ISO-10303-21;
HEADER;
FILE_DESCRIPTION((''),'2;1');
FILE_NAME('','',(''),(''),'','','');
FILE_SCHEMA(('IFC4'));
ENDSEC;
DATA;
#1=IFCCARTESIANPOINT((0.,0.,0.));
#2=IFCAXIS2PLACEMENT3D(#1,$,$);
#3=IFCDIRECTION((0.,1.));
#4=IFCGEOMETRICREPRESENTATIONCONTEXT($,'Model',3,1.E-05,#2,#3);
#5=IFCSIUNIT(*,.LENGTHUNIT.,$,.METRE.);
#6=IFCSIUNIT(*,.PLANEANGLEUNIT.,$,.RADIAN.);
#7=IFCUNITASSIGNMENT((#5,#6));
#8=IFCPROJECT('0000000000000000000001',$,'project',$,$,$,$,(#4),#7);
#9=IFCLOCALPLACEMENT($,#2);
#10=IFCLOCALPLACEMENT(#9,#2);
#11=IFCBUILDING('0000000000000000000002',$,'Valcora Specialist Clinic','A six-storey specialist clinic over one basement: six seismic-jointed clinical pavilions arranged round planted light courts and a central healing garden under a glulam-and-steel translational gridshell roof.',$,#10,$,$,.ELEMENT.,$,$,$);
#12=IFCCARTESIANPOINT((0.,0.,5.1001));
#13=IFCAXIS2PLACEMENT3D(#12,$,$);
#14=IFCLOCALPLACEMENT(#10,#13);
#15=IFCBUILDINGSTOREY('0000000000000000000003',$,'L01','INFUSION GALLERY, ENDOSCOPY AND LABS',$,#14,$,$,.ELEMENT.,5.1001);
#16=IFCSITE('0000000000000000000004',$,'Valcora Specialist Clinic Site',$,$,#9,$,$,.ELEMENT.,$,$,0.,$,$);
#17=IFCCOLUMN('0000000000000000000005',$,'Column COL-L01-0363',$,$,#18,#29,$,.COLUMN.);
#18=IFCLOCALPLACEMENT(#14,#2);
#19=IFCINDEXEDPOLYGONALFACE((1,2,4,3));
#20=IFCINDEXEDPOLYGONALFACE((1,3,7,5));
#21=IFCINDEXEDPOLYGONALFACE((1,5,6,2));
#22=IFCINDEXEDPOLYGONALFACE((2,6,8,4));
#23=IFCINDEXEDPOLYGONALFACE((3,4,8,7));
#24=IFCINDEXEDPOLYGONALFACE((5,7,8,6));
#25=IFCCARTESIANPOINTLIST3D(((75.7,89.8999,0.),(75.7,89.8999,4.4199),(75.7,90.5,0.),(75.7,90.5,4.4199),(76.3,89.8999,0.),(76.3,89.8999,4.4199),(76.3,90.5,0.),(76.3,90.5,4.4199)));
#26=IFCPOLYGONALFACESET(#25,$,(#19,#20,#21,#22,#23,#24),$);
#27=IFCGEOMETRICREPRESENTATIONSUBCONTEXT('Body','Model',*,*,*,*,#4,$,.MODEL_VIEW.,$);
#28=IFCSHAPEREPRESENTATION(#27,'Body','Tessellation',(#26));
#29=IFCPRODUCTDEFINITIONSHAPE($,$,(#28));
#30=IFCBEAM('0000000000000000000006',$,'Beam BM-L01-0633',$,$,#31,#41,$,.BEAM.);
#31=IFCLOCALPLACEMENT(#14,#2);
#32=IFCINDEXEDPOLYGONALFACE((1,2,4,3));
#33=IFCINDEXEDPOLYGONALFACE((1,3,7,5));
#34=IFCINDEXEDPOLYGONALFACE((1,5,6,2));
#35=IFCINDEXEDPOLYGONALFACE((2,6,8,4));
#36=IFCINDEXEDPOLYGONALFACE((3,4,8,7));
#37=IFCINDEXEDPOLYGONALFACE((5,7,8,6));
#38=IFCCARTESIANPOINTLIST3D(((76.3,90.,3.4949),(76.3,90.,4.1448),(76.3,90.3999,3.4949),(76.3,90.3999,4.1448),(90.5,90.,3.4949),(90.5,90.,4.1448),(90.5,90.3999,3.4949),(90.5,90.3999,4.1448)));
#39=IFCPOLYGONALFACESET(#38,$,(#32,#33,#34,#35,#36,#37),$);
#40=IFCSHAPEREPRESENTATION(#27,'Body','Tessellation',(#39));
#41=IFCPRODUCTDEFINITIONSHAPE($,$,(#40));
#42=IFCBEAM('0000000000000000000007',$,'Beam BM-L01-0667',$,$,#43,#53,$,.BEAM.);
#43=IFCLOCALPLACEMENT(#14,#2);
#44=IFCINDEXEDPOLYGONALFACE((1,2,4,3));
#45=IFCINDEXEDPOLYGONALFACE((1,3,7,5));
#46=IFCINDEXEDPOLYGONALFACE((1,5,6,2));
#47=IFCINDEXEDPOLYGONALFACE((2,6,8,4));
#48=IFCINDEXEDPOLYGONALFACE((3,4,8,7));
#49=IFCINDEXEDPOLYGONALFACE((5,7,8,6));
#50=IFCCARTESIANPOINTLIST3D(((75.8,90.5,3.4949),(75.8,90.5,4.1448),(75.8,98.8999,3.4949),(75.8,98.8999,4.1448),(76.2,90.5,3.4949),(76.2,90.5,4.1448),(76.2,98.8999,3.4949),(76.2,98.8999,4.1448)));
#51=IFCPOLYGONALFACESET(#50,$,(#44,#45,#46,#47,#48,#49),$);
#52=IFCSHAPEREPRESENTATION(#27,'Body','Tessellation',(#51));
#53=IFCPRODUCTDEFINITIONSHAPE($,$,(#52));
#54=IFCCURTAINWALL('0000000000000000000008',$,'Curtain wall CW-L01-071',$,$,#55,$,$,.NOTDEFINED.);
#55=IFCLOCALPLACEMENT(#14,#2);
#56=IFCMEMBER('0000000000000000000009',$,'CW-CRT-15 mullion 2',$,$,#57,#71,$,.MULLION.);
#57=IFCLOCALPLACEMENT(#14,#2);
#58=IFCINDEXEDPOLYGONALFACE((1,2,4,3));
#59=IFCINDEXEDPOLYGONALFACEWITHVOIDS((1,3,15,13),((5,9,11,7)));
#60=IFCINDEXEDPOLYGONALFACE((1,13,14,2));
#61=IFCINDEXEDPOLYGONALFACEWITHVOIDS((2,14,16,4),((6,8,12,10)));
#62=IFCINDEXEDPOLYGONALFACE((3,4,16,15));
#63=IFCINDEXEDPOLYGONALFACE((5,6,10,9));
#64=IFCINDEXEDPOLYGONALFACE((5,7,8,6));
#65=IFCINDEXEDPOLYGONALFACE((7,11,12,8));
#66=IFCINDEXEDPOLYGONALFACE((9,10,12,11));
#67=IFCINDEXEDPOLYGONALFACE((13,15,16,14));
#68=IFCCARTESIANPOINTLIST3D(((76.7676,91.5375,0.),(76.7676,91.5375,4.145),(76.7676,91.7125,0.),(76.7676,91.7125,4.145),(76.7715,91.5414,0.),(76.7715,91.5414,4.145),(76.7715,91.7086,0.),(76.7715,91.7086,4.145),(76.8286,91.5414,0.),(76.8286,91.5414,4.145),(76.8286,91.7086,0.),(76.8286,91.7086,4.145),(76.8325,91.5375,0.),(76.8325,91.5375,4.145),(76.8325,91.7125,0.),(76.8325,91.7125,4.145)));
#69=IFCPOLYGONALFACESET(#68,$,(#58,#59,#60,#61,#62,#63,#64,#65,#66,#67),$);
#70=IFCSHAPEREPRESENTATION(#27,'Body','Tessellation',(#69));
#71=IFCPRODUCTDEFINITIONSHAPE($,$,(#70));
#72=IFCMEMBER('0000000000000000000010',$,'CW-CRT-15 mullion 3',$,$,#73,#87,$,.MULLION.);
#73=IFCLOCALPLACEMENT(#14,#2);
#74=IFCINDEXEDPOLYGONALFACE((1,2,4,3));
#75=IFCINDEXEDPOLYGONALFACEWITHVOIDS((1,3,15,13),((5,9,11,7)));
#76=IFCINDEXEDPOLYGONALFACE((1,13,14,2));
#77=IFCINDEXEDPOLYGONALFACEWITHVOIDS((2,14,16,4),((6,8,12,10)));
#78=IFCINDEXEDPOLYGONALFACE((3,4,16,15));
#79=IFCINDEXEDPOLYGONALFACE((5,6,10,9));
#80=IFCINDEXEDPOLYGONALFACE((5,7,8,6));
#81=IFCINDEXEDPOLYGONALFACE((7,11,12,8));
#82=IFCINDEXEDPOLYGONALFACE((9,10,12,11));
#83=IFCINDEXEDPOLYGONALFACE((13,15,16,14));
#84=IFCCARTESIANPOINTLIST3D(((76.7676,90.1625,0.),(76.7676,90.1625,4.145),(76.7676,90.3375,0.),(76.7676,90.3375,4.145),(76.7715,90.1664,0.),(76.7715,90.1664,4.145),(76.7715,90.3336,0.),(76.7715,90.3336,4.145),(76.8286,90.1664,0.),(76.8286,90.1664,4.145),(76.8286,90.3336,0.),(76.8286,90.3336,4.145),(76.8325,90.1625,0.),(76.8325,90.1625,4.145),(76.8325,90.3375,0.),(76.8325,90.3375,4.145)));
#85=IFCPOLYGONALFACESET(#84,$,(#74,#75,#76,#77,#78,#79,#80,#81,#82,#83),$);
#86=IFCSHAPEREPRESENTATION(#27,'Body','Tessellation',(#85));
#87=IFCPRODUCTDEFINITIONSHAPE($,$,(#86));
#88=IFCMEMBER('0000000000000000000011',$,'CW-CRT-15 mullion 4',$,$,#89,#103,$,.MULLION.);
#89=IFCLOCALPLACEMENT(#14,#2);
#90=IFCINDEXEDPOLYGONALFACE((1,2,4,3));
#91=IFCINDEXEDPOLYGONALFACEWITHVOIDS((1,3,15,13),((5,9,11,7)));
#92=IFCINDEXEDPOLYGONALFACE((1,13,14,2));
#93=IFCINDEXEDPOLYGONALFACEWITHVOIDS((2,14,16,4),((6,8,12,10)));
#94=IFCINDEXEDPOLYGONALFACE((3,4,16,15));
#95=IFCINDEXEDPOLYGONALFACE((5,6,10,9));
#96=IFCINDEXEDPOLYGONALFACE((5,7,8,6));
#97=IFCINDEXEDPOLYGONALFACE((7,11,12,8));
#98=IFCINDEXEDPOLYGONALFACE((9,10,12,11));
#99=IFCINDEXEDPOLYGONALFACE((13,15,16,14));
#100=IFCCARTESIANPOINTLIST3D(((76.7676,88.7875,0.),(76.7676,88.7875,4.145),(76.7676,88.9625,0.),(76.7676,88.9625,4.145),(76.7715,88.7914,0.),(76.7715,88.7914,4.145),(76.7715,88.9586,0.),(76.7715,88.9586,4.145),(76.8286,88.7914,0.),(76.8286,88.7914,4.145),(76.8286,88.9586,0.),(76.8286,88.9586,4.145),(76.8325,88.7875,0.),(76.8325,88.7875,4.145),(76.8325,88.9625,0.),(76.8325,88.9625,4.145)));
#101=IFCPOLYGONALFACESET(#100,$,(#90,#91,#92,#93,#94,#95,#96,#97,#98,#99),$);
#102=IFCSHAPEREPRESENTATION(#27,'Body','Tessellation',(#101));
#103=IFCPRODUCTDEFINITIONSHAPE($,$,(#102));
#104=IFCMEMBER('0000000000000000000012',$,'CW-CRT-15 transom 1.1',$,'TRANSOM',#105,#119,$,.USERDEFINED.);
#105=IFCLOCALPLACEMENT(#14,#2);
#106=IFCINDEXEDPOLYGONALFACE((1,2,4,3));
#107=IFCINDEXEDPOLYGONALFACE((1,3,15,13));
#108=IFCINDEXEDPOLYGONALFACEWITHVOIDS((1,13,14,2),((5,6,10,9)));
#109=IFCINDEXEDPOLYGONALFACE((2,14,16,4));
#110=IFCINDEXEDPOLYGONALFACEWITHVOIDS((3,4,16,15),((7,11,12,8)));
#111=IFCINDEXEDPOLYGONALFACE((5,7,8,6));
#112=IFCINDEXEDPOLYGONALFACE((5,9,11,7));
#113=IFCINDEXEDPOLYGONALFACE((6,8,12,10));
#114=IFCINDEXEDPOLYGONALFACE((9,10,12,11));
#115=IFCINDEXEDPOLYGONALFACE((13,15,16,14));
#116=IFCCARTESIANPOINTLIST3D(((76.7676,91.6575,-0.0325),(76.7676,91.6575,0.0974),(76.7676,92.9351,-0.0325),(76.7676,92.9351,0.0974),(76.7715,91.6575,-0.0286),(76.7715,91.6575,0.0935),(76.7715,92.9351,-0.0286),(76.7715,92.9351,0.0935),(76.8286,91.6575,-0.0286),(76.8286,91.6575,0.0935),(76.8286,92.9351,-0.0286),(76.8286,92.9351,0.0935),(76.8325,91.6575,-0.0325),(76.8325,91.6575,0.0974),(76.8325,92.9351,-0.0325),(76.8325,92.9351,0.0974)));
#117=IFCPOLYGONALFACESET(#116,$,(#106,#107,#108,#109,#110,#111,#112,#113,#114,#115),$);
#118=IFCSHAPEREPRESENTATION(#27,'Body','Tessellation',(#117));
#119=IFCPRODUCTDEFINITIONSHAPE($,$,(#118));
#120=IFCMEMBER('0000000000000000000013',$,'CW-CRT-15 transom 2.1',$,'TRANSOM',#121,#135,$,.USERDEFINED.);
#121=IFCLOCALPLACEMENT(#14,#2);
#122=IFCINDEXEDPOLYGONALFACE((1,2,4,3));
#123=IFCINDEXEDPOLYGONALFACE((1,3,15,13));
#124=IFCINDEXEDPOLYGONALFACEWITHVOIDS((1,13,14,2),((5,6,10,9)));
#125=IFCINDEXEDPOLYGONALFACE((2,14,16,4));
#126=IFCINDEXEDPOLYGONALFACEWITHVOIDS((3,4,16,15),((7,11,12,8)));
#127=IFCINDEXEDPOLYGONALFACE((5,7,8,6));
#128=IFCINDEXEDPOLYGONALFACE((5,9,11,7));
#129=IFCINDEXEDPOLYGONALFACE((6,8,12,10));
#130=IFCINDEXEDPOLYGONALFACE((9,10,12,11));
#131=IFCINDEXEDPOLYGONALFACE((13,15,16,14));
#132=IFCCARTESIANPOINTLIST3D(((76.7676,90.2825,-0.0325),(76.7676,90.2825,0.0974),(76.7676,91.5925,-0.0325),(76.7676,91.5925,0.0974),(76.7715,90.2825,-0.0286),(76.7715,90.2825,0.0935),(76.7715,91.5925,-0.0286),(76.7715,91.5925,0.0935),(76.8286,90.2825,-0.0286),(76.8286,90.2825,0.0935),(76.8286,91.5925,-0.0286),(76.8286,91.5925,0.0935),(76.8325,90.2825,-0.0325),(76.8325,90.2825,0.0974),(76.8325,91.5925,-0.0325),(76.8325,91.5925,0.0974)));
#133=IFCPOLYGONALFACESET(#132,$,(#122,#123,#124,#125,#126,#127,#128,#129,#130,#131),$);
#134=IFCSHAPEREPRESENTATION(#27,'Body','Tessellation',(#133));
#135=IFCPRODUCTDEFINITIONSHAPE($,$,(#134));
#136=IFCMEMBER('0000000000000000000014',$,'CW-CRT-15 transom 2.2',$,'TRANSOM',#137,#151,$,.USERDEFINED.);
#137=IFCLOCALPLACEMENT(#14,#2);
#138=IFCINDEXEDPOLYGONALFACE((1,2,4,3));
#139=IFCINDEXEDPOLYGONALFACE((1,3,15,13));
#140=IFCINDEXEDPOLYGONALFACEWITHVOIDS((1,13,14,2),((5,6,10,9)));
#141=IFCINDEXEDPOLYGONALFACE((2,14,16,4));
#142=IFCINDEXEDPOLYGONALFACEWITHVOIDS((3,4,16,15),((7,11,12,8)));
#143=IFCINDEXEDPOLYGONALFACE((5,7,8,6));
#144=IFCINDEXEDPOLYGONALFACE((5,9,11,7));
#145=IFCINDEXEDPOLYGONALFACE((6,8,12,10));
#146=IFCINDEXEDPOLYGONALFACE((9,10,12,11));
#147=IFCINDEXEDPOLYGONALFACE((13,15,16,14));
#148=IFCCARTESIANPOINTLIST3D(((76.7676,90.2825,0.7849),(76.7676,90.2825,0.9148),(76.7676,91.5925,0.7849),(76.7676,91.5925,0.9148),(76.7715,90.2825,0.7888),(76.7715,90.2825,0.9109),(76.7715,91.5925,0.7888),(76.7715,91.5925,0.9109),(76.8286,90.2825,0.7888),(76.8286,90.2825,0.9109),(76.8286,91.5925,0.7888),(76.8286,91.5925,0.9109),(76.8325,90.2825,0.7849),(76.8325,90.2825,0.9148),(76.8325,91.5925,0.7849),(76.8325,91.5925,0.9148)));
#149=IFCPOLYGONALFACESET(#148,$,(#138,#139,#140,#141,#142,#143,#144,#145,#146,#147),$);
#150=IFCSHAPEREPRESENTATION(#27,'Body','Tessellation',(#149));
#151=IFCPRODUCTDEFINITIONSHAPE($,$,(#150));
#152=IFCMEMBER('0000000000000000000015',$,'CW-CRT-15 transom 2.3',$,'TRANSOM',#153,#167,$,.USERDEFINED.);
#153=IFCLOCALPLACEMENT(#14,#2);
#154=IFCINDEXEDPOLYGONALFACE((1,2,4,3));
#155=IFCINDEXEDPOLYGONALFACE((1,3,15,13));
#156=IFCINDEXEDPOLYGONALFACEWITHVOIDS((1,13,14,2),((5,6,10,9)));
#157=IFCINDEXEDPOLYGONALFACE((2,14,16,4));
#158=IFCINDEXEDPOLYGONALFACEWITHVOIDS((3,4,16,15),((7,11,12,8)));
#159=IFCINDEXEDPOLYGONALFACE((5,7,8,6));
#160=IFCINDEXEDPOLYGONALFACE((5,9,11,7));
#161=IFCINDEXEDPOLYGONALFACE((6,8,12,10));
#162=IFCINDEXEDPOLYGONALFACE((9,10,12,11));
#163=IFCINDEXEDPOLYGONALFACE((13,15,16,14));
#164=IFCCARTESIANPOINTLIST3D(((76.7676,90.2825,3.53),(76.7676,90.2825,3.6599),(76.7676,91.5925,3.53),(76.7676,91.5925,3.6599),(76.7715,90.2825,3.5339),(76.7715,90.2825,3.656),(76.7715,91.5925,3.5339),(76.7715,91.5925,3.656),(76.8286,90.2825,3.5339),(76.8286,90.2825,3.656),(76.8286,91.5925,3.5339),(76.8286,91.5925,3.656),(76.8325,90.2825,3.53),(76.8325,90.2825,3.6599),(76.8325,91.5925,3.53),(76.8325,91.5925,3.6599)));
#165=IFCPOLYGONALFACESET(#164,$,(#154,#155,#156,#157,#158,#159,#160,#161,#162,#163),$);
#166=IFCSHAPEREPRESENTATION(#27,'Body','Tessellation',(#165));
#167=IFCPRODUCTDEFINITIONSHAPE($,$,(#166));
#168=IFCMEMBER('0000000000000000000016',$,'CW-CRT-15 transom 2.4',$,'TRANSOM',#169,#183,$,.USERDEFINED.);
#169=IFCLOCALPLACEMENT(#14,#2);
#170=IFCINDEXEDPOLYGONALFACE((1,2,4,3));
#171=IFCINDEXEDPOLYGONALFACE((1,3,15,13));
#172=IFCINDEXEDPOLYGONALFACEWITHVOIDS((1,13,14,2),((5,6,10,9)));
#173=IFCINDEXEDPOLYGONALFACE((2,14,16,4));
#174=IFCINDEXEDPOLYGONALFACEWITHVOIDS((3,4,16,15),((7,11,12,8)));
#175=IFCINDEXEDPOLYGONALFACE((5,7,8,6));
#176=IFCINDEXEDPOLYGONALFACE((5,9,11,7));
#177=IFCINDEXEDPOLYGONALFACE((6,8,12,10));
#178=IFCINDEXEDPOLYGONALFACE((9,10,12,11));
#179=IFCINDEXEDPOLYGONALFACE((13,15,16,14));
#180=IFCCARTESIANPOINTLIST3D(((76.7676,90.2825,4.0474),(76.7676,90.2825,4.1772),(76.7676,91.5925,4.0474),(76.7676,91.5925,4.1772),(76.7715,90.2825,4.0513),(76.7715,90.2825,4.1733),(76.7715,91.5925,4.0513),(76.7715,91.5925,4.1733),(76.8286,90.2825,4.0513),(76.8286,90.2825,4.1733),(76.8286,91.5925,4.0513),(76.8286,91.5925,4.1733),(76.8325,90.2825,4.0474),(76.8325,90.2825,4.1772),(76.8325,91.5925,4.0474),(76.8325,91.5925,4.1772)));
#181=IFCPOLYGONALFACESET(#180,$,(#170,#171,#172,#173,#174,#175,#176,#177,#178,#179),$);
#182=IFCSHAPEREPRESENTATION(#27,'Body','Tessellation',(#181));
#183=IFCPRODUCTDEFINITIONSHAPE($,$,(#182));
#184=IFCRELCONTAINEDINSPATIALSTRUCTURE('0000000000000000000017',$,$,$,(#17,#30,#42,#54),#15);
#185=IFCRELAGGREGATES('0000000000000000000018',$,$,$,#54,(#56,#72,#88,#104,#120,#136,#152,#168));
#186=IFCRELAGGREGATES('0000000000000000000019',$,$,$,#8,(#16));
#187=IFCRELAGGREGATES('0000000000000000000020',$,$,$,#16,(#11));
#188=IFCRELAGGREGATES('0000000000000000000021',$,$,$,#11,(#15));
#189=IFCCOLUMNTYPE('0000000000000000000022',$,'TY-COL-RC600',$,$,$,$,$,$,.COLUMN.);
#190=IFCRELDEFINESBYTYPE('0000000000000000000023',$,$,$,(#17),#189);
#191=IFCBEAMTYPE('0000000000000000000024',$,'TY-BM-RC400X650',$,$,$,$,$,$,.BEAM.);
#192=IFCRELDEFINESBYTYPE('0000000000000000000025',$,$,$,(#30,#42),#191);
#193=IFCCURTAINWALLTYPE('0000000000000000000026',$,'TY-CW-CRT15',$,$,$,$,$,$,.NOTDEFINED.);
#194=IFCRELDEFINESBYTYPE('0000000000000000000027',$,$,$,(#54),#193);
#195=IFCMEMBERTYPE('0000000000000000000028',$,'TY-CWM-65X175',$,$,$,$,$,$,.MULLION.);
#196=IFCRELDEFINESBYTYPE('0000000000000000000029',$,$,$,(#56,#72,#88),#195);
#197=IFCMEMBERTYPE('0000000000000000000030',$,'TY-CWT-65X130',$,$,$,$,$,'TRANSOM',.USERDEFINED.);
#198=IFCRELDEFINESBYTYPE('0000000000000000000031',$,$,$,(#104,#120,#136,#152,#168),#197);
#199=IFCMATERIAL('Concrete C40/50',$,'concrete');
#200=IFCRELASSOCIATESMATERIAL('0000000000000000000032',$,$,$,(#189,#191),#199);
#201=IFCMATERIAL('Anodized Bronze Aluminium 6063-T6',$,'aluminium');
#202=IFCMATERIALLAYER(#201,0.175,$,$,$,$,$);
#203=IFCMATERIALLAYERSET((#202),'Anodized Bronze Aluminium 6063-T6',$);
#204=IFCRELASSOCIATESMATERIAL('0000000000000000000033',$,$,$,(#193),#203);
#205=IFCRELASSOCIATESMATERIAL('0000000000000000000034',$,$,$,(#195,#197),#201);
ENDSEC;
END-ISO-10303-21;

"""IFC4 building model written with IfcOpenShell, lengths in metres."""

from ifc_helpers import new_model, si_unit, direction, frame, origin, origin_2d, place, context, subcontext, project, spatial, rectangle, hollow_rectangle, extrude, material, layer, layer_set, material_profile, profile_set, type_object, element, aggregate, save


model = new_model("IFC4")

# Units and contexts
model_context = context("Model", 3, precision=1e-05, world=origin(), true_north=direction((0.0, 1.0)))
body_context = subcontext(model_context, "Body", "Model", "MODEL_VIEW")
ifc_project = project(units=[si_unit("LENGTHUNIT", "METRE"), si_unit("PLANEANGLEUNIT", "RADIAN")], contexts=[model_context])

# Site, building, storey
site_placement = place(None, origin())
site = spatial("IfcSite", under=ifc_project, at=site_placement, Name="Valcora Specialist Clinic Site", CompositionType="ELEMENT", RefElevation=0.0)
building_placement = place(site_placement, origin())
building = spatial("IfcBuilding", under=site, at=building_placement, Name="Valcora Specialist Clinic", Description="A six-storey specialist clinic over one basement: six seismic-jointed clinical pavilions arranged round planted light courts and a central healing garden under a glulam-and-steel translational gridshell roof.", CompositionType="ELEMENT")
storey_placement = place(building_placement, frame((0.0, 0.0, 5.1001)))
storey = spatial("IfcBuildingStorey", under=building, at=storey_placement, Name="L01", Description="INFUSION GALLERY, ENDOSCOPY AND LABS", CompositionType="ELEMENT", Elevation=5.1001)

# Column
ifc_material_1 = material(Name="Concrete C40/50", Category="concrete")
ifc_material_profile_1 = material_profile(ifc_material_1, rectangle(XDim=0.6001, YDim=0.6001, at=origin_2d()), Name="RC-COL-600X600")
ifc_profile_set_1 = profile_set([ifc_material_profile_1], Name="Concrete C40/50")
column_type = type_object("IfcColumnType", Name="TY-COL-RC600", PredefinedType="COLUMN", material=ifc_profile_set_1)
column_placement = place(storey_placement, frame((76.0, 90.2, 0.0), z_axis=(0.0, 0.0, 1.0), x_axis=(1.0, 0.0, 0.0)))
element("IfcColumn", 1, at=column_placement, inside=storey, type_object=column_type, Name="Column COL-L01-0363", PredefinedType="COLUMN", context=body_context, shape_type="SweptSolid", body=[
    extrude(rectangle(XDim=0.6001, YDim=0.6001, at=origin_2d()), origin(), (0.0, 0.0, 1.0), 4.4199),
])

# Beams
ifc_material_profile_2 = material_profile(ifc_material_1, rectangle(XDim=0.3999, YDim=0.6499, at=origin_2d()), Name="RC-BM-400X650")
ifc_profile_set_2 = profile_set([ifc_material_profile_2], Name="Concrete C40/50")
beam_type = type_object("IfcBeamType", Name="TY-BM-RC400X650", PredefinedType="BEAM", material=ifc_profile_set_2)
beam_1_placement = place(storey_placement, frame((76.3, 90.2, 3.8198), z_axis=(1.0, 0.0, 0.0), x_axis=(0.0, 1.0, 0.0)))
element("IfcBeam", 2, at=beam_1_placement, inside=storey, type_object=beam_type, Name="Beam BM-L01-0633", PredefinedType="BEAM", context=body_context, shape_type="SweptSolid", body=[
    extrude(rectangle(XDim=0.3999, YDim=0.6499, at=origin_2d()), origin(), (0.0, 0.0, 1.0), 14.2),
])
beam_2_placement = place(storey_placement, frame((76.0, 90.5, 3.8198), z_axis=(0.0, 1.0, 0.0), x_axis=(-1.0, 0.0, 0.0)))
element("IfcBeam", 3, at=beam_2_placement, inside=storey, type_object=beam_type, Name="Beam BM-L01-0667", PredefinedType="BEAM", context=body_context, shape_type="SweptSolid", body=[
    extrude(rectangle(XDim=0.3999, YDim=0.6499, at=origin_2d()), origin(), (0.0, 0.0, 1.0), 8.3999),
])

# Curtain wall, members
ifc_material_2 = material(Name="Anodized Bronze Aluminium 6063-T6", Category="aluminium")
ifc_layer_1 = layer(ifc_material_2, 0.175)
ifc_layer_set_1 = layer_set([ifc_layer_1], Name="Anodized Bronze Aluminium 6063-T6")
curtain_wall_type = type_object("IfcCurtainWallType", Name="TY-CW-CRT15", PredefinedType="NOTDEFINED", material=ifc_layer_set_1)
curtain_wall_placement = place(storey_placement, origin())
curtain_wall = element("IfcCurtainWall", 4, at=curtain_wall_placement, inside=storey, type_object=curtain_wall_type, Name="Curtain wall CW-L01-071", PredefinedType="NOTDEFINED")
ifc_material_profile_3 = material_profile(ifc_material_2, hollow_rectangle(XDim=0.0649, YDim=0.175, WallThickness=0.0039, at=origin_2d()), Name="AL-MUL-65X175")
ifc_profile_set_3 = profile_set([ifc_material_profile_3], Name="Anodized Bronze Aluminium 6063-T6")
member_type_1 = type_object("IfcMemberType", Name="TY-CWM-65X175", PredefinedType="MULLION", material=ifc_profile_set_3)
member_1_placement = place(storey_placement, frame((76.8, 91.625, 0.0), z_axis=(0.0, 0.0, 1.0), x_axis=(1.0, 0.0, 0.0)))
member_1 = element("IfcMember", 5, at=member_1_placement, type_object=member_type_1, Name="CW-CRT-15 mullion 2", PredefinedType="MULLION", context=body_context, shape_type="SweptSolid", body=[
    extrude(hollow_rectangle(XDim=0.0649, YDim=0.175, WallThickness=0.0039, at=origin_2d()), origin(), (0.0, 0.0, 1.0), 4.145),
])
member_2_placement = place(storey_placement, frame((76.8, 90.25, 0.0), z_axis=(0.0, 0.0, 1.0), x_axis=(1.0, 0.0, 0.0)))
member_2 = element("IfcMember", 6, at=member_2_placement, type_object=member_type_1, Name="CW-CRT-15 mullion 3", PredefinedType="MULLION", context=body_context, shape_type="SweptSolid", body=[
    extrude(hollow_rectangle(XDim=0.0649, YDim=0.175, WallThickness=0.0039, at=origin_2d()), origin(), (0.0, 0.0, 1.0), 4.145),
])
member_3_placement = place(storey_placement, frame((76.8, 88.875, 0.0), z_axis=(0.0, 0.0, 1.0), x_axis=(1.0, 0.0, 0.0)))
member_3 = element("IfcMember", 7, at=member_3_placement, type_object=member_type_1, Name="CW-CRT-15 mullion 4", PredefinedType="MULLION", context=body_context, shape_type="SweptSolid", body=[
    extrude(hollow_rectangle(XDim=0.0649, YDim=0.175, WallThickness=0.0039, at=origin_2d()), origin(), (0.0, 0.0, 1.0), 4.145),
])
ifc_material_profile_4 = material_profile(ifc_material_2, hollow_rectangle(XDim=0.0649, YDim=0.1299, WallThickness=0.0039, at=origin_2d()), Name="AL-TRN-65X130")
ifc_profile_set_4 = profile_set([ifc_material_profile_4], Name="Anodized Bronze Aluminium 6063-T6")
member_type_2 = type_object("IfcMemberType", Name="TY-CWT-65X130", ElementType="TRANSOM", PredefinedType="USERDEFINED", material=ifc_profile_set_4)
member_4_placement = place(storey_placement, frame((76.8, 92.9351, 0.0325), z_axis=(0.0, -1.0, 0.0), x_axis=(1.0, 0.0, 0.0)))
member_4 = element("IfcMember", 8, at=member_4_placement, type_object=member_type_2, Name="CW-CRT-15 transom 1.1", ObjectType="TRANSOM", PredefinedType="USERDEFINED", context=body_context, shape_type="SweptSolid", body=[
    extrude(hollow_rectangle(XDim=0.0649, YDim=0.1299, WallThickness=0.0039, at=origin_2d()), origin(), (0.0, 0.0, 1.0), 1.2776),
])
member_5_placement = place(storey_placement, frame((76.8, 91.5925, 0.0325), z_axis=(0.0, -1.0, 0.0), x_axis=(1.0, 0.0, 0.0)))
member_5 = element("IfcMember", 9, at=member_5_placement, type_object=member_type_2, Name="CW-CRT-15 transom 2.1", ObjectType="TRANSOM", PredefinedType="USERDEFINED", context=body_context, shape_type="SweptSolid", body=[
    extrude(hollow_rectangle(XDim=0.0649, YDim=0.1299, WallThickness=0.0039, at=origin_2d()), origin(), (0.0, 0.0, 1.0), 1.3101),
])
member_6_placement = place(storey_placement, frame((76.8, 91.5925, 0.8499), z_axis=(0.0, -1.0, 0.0), x_axis=(1.0, 0.0, 0.0)))
member_6 = element("IfcMember", 10, at=member_6_placement, type_object=member_type_2, Name="CW-CRT-15 transom 2.2", ObjectType="TRANSOM", PredefinedType="USERDEFINED", context=body_context, shape_type="SweptSolid", body=[
    extrude(hollow_rectangle(XDim=0.0649, YDim=0.1299, WallThickness=0.0039, at=origin_2d()), origin(), (0.0, 0.0, 1.0), 1.3101),
])
member_7_placement = place(storey_placement, frame((76.8, 91.5925, 3.595), z_axis=(0.0, -1.0, 0.0), x_axis=(1.0, 0.0, 0.0)))
member_7 = element("IfcMember", 11, at=member_7_placement, type_object=member_type_2, Name="CW-CRT-15 transom 2.3", ObjectType="TRANSOM", PredefinedType="USERDEFINED", context=body_context, shape_type="SweptSolid", body=[
    extrude(hollow_rectangle(XDim=0.0649, YDim=0.1299, WallThickness=0.0039, at=origin_2d()), origin(), (0.0, 0.0, 1.0), 1.3101),
])
member_8_placement = place(storey_placement, frame((76.8, 91.5925, 4.1123), z_axis=(0.0, -1.0, 0.0), x_axis=(1.0, 0.0, 0.0)))
member_8 = element("IfcMember", 12, at=member_8_placement, type_object=member_type_2, Name="CW-CRT-15 transom 2.4", ObjectType="TRANSOM", PredefinedType="USERDEFINED", context=body_context, shape_type="SweptSolid", body=[
    extrude(hollow_rectangle(XDim=0.0649, YDim=0.1299, WallThickness=0.0039, at=origin_2d()), origin(), (0.0, 0.0, 1.0), 1.3101),
])
aggregate(curtain_wall, [member_1, member_2, member_3, member_4, member_5, member_6, member_7, member_8])

save(model, "model.ifc")
